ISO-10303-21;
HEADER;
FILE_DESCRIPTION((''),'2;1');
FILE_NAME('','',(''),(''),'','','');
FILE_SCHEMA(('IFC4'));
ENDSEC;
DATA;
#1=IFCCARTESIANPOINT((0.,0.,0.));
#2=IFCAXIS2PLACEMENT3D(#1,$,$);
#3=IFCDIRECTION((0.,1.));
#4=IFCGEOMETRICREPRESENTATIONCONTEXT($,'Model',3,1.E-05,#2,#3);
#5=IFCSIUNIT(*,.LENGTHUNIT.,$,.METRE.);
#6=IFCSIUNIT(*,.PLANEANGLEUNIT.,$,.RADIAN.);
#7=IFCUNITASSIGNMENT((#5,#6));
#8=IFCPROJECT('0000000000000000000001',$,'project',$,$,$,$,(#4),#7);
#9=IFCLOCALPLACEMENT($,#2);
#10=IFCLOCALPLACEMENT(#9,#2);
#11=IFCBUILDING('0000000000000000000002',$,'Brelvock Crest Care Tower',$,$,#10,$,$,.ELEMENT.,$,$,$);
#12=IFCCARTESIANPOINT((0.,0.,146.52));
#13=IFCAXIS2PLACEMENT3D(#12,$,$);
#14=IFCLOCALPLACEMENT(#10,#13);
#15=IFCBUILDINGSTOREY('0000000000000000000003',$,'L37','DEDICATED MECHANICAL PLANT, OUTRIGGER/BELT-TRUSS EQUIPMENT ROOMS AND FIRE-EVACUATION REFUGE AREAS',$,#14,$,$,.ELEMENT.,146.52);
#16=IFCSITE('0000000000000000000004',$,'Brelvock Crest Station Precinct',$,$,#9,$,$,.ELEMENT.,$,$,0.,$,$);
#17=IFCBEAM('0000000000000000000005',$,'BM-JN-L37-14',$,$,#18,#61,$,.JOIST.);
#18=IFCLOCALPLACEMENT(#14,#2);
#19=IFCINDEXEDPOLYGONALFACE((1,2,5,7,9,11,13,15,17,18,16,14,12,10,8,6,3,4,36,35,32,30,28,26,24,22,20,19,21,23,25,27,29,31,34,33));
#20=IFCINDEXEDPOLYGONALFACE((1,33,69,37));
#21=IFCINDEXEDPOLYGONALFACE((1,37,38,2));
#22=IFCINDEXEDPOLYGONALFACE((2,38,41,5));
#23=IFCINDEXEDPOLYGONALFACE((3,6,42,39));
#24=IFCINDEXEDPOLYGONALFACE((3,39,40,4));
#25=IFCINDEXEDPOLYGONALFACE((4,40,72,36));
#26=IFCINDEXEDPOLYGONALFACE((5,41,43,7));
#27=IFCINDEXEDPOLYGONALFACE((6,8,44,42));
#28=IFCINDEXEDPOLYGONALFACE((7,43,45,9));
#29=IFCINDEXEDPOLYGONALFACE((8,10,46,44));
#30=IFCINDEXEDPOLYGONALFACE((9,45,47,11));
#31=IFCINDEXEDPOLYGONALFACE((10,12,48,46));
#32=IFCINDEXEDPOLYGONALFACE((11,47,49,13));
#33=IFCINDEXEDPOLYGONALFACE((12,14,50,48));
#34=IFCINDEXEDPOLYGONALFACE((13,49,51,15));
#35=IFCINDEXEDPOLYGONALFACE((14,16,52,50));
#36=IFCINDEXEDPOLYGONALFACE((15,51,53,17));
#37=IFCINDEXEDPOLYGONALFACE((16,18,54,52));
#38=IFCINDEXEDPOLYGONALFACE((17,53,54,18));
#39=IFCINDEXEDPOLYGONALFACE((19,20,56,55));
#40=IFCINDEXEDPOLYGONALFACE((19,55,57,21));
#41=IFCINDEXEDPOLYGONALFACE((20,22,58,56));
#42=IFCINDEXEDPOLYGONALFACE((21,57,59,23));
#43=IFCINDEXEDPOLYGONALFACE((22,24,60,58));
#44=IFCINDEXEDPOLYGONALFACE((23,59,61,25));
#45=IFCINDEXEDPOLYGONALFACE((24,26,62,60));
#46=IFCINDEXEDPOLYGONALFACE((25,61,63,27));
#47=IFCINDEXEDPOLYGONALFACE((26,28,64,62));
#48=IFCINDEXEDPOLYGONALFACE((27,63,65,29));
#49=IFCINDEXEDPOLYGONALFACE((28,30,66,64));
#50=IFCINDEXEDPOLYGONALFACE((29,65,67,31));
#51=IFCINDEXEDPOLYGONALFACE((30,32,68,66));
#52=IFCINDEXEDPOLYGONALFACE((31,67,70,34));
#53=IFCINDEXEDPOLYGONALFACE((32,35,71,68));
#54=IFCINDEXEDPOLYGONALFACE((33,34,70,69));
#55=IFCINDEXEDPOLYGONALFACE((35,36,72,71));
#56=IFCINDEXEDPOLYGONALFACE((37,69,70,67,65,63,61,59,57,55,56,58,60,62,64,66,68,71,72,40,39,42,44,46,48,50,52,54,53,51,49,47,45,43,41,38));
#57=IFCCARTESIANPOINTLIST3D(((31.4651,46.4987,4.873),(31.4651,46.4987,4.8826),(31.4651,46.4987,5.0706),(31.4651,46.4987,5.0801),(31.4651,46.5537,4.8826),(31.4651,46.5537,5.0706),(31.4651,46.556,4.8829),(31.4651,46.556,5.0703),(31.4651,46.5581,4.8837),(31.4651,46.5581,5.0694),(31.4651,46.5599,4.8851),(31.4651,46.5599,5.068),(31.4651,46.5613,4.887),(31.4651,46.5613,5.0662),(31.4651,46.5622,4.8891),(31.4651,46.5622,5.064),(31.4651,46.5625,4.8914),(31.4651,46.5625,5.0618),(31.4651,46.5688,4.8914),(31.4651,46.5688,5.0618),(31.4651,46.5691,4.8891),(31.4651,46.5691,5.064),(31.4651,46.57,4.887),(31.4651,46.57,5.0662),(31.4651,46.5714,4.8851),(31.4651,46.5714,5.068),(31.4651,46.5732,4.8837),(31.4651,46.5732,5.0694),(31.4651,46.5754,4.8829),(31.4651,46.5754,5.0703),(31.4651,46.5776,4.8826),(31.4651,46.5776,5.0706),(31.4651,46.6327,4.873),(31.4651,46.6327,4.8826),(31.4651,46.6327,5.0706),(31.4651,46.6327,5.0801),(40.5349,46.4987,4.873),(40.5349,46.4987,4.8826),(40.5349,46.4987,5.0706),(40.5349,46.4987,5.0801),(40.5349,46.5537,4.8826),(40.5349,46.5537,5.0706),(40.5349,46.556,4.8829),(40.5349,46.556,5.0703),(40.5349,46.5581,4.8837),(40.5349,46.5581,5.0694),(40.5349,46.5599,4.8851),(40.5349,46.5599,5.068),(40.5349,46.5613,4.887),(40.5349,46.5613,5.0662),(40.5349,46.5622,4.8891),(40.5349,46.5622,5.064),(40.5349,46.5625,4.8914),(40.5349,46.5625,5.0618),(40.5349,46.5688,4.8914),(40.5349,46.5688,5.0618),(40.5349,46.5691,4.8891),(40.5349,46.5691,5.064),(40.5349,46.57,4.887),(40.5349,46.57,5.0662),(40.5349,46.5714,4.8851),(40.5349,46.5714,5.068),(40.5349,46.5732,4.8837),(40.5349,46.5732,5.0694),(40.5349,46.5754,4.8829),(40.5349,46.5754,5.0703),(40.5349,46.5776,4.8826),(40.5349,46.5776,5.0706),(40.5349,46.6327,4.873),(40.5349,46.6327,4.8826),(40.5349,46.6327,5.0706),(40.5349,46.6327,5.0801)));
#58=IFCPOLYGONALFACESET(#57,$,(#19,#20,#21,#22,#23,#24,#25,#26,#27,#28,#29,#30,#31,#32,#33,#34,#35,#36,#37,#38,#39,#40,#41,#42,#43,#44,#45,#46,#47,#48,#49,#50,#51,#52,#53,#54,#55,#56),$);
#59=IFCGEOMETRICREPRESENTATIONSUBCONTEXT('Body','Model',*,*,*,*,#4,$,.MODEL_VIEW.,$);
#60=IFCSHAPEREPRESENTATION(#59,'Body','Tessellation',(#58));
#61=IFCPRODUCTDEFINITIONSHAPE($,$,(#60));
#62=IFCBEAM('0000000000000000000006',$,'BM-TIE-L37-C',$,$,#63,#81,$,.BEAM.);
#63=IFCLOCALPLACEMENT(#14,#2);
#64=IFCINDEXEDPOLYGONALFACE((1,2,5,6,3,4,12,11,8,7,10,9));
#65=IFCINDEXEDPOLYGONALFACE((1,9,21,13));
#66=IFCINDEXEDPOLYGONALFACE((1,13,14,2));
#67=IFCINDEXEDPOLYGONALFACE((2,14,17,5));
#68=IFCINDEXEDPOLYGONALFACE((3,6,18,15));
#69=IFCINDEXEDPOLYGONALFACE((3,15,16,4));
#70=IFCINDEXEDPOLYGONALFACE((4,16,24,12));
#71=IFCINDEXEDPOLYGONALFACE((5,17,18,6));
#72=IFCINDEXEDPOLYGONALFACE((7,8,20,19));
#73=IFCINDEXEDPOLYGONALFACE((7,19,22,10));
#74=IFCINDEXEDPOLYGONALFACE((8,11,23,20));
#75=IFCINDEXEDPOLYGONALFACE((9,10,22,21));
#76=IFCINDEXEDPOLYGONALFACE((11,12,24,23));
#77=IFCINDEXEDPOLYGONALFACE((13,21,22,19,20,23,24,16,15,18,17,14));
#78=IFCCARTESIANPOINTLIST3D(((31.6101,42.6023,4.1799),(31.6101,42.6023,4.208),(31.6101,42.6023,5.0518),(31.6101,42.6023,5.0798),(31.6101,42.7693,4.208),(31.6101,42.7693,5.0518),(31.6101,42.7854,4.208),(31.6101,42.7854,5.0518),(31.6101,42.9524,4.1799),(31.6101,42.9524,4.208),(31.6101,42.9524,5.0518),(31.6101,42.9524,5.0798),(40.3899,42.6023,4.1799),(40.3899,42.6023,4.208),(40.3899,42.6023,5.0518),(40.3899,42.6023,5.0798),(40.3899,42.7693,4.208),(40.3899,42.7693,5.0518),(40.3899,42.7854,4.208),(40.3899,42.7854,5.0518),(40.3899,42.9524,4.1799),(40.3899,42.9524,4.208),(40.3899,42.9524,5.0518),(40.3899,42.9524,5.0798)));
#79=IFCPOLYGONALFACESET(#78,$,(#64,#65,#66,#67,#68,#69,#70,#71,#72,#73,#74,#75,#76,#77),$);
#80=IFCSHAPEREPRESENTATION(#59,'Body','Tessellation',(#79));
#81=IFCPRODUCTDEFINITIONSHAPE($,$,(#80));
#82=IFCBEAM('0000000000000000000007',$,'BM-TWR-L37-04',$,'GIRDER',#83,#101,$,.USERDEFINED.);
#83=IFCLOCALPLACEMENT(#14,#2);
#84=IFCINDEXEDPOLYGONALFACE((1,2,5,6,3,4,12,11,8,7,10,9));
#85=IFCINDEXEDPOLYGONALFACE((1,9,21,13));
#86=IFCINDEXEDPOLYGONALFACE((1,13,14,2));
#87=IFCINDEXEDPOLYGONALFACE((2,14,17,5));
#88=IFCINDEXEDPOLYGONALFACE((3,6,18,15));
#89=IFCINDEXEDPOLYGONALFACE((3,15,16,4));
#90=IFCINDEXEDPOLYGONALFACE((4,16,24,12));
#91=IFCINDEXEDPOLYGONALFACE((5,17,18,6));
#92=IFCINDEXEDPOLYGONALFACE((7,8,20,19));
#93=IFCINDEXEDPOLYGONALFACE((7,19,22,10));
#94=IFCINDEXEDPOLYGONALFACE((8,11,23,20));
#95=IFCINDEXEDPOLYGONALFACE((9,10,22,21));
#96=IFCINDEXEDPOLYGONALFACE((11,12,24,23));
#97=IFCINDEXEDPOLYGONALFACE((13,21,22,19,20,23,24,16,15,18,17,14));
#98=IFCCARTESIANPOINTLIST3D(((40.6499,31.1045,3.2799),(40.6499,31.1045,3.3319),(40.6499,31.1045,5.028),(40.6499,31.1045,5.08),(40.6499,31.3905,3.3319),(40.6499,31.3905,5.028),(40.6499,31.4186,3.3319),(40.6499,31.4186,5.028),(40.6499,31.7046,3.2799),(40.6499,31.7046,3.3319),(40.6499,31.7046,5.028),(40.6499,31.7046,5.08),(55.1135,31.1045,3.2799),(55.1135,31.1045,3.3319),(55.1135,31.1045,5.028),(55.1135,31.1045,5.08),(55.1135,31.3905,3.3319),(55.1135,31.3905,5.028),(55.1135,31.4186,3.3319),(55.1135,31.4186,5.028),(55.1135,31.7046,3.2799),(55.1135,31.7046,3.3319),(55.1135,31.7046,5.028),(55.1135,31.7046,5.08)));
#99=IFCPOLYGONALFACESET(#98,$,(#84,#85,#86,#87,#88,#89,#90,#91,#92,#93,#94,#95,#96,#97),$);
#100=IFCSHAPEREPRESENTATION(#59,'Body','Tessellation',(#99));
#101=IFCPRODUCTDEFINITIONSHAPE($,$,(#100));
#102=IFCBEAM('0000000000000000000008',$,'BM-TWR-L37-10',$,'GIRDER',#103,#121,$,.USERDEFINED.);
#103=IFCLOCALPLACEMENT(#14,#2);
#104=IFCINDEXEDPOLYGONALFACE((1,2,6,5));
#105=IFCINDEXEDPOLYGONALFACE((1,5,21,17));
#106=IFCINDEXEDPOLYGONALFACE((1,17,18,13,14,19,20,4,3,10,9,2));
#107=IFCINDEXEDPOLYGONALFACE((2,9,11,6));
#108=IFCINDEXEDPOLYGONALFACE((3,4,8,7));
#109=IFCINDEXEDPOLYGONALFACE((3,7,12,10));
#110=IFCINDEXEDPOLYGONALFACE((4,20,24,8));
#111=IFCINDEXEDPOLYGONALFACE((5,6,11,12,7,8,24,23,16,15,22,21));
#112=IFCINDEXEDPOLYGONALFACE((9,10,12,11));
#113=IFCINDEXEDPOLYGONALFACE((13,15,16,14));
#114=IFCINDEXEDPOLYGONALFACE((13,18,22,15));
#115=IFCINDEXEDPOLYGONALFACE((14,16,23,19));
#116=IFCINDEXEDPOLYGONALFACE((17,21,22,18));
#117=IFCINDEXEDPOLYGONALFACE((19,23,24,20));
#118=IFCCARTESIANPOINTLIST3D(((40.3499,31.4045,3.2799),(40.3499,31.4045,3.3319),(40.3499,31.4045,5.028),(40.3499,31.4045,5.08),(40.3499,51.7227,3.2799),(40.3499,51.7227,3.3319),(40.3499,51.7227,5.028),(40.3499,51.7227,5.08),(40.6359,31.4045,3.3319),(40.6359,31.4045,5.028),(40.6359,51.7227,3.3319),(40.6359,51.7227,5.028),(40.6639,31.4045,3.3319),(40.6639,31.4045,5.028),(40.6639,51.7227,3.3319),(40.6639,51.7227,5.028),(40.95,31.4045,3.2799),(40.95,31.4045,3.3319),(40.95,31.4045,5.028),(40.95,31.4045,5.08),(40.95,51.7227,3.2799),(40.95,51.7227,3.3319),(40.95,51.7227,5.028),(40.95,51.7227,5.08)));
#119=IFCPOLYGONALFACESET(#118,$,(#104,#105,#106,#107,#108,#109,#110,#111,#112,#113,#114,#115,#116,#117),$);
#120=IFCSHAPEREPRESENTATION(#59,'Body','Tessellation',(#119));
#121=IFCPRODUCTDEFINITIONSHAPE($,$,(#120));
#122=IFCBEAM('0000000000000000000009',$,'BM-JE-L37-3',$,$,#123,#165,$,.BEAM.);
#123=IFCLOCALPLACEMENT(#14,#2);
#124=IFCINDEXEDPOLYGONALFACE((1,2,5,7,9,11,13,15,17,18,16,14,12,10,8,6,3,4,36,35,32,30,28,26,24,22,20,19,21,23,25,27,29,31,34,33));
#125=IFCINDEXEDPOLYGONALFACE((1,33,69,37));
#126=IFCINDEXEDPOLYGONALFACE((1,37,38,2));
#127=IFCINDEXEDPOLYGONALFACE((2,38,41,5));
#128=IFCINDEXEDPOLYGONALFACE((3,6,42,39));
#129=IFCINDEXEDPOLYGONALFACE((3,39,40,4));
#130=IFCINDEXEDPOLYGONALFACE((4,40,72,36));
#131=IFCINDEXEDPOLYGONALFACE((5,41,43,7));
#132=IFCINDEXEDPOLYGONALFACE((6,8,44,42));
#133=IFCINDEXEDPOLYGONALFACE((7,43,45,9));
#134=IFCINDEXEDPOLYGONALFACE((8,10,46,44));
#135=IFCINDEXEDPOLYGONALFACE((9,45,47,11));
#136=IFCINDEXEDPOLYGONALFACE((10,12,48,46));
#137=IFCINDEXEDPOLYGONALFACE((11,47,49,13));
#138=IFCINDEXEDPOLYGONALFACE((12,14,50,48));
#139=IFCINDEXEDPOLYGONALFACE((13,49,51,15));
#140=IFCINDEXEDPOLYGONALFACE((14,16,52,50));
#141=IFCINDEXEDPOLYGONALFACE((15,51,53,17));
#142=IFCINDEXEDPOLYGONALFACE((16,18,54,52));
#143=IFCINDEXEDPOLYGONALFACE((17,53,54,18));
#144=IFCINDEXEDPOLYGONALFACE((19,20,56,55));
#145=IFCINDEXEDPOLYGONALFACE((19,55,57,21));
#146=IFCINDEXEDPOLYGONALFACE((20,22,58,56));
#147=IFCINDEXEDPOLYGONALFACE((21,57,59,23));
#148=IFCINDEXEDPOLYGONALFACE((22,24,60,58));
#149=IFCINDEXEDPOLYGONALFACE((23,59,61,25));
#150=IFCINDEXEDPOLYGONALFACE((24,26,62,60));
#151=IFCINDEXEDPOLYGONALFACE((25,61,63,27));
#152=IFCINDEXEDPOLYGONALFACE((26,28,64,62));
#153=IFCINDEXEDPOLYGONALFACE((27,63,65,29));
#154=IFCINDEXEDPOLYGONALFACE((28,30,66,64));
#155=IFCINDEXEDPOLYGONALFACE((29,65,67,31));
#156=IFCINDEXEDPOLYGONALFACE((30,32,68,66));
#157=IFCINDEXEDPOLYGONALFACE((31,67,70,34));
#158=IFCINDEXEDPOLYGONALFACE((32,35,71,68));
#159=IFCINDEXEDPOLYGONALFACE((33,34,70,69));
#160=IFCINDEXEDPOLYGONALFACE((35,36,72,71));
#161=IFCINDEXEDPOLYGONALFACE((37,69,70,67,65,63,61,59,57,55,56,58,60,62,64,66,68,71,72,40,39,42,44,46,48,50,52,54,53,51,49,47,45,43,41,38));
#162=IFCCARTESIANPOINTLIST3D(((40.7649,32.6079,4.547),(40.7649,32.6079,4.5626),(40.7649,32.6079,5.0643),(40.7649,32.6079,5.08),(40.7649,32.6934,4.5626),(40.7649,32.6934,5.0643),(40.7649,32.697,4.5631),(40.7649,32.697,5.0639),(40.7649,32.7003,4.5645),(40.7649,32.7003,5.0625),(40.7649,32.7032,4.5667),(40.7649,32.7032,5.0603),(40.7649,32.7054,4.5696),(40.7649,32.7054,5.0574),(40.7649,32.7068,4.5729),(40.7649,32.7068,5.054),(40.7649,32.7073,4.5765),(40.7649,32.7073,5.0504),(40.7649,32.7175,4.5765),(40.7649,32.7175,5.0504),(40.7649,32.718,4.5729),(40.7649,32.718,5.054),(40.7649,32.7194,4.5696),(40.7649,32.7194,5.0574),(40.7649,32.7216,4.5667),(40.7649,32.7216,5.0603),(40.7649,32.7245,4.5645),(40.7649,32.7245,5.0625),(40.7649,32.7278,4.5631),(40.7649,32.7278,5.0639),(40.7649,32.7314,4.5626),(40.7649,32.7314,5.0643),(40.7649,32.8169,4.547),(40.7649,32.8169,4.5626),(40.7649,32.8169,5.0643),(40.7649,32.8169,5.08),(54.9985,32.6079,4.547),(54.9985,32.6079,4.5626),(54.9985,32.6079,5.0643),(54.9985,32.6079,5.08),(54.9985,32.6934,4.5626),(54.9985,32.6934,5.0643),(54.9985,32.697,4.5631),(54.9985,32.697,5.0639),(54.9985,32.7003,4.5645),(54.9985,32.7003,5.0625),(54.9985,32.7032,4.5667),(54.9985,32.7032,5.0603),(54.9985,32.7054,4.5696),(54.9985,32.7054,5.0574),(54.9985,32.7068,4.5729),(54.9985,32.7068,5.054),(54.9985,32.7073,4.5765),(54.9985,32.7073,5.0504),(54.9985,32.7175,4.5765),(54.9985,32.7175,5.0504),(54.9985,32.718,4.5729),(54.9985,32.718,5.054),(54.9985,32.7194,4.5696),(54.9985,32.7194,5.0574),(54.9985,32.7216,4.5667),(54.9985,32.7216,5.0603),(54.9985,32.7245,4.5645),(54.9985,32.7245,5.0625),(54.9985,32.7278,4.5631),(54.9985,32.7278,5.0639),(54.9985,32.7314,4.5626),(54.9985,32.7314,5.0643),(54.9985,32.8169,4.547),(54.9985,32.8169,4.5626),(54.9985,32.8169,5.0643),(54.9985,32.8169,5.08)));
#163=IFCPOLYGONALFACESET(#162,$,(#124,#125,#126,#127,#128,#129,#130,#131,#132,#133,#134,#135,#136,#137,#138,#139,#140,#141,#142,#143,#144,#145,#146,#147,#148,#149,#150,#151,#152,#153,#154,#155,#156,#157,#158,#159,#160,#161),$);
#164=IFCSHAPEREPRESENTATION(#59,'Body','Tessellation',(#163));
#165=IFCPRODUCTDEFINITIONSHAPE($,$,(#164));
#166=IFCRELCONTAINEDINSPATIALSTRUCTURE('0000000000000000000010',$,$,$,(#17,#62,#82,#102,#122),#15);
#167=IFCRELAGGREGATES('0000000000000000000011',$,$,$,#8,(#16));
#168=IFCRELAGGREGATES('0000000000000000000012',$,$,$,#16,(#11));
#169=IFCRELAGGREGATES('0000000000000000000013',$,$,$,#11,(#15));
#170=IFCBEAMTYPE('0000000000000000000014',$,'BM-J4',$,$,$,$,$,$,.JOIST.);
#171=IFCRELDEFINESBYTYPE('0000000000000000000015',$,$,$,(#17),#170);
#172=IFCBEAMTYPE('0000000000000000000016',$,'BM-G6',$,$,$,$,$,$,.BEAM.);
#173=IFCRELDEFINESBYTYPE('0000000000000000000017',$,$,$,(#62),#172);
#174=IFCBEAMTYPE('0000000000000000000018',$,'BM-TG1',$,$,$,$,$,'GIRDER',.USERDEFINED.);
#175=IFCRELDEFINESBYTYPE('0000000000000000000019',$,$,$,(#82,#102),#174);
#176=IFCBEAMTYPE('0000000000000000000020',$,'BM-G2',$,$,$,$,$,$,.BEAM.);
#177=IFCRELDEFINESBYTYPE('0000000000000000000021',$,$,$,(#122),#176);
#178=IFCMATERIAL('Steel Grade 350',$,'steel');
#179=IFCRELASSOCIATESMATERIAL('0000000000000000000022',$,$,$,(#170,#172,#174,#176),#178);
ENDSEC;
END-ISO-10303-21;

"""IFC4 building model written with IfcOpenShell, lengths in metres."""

from ifc_helpers import new_model, si_unit, direction, frame, origin, origin_2d, place, context, subcontext, project, spatial, i_section, extrude, source, transform, mapped, material, material_profile, profile_set, type_object, element, save


model = new_model("IFC4")

# Units and contexts
model_context = context("Model", 3, precision=1e-05, world=origin(), true_north=direction((0.0, 1.0)))
body_context = subcontext(model_context, "Body", "Model", "MODEL_VIEW")
ifc_project = project(units=[si_unit("LENGTHUNIT", "METRE"), si_unit("PLANEANGLEUNIT", "RADIAN")], contexts=[model_context])

# Site, building, storey
site_placement = place(None, origin())
site = spatial("IfcSite", under=ifc_project, at=site_placement, Name="Brelvock Crest Station Precinct", CompositionType="ELEMENT", RefElevation=0.0)
building_placement = place(site_placement, origin())
building = spatial("IfcBuilding", under=site, at=building_placement, Name="Brelvock Crest Care Tower", CompositionType="ELEMENT")
storey_placement = place(building_placement, frame((0.0, 0.0, 146.52)))
storey = spatial("IfcBuildingStorey", under=building, at=storey_placement, Name="L37", Description="DEDICATED MECHANICAL PLANT, OUTRIGGER/BELT-TRUSS EQUIPMENT ROOMS AND FIRE-EVACUATION REFUGE AREAS", CompositionType="ELEMENT", Elevation=146.52)

# Shared definitions
ifc_material_1 = material(Name="Steel Grade 350", Category="steel")

# Beams
ifc_material_profile_1 = material_profile(ifc_material_1, i_section(OverallWidth=0.134, OverallDepth=0.207, WebThickness=0.0063, FlangeThickness=0.0095, FilletRadius=0.0088, at=origin_2d()), Name="200UB29.8")
ifc_profile_set_1 = profile_set([ifc_material_profile_1], Name="Steel Grade 350")
beam_type_1 = type_object("IfcBeamType", Name="BM-J4", PredefinedType="JOIST", material=ifc_profile_set_1)
shared_shape_1 = source(origin(), body_context, "Body", "SweptSolid", [
    extrude(i_section(OverallWidth=0.134, OverallDepth=0.207, WebThickness=0.0063, FlangeThickness=0.0095, FilletRadius=0.0088, at=origin_2d()), origin(), (0.0, 0.0, 1.0), 9.0698),
])
beam_1_placement = place(storey_placement, frame((31.4651, 46.5657, 4.9766), z_axis=(1.0, 0.0, 0.0), x_axis=(0.0, 1.0, 0.0)))
element("IfcBeam", 1, at=beam_1_placement, inside=storey, type_object=beam_type_1, Name="BM-JN-L37-14", PredefinedType="JOIST", context=body_context, shape_type="MappedRepresentation", body=[
    mapped(shared_shape_1, transform((0.0, 0.0, 0.0), x_axis=(1.0, 0.0, 0.0), y_axis=(0.0, 1.0, 0.0), z_axis=(0.0, 0.0, 1.0), scale=1.0)),
])
ifc_material_profile_2 = material_profile(ifc_material_1, i_section(OverallWidth=0.3501, OverallDepth=0.8999, WebThickness=0.0161, FlangeThickness=0.0281, at=origin_2d()), Name="900WB257")
ifc_profile_set_2 = profile_set([ifc_material_profile_2], Name="Steel Grade 350")
beam_type_2 = type_object("IfcBeamType", Name="BM-G6", PredefinedType="BEAM", material=ifc_profile_set_2)
shared_shape_2 = source(origin(), body_context, "Body", "SweptSolid", [
    extrude(i_section(OverallWidth=0.3501, OverallDepth=0.8999, WebThickness=0.0161, FlangeThickness=0.0281, at=origin_2d()), origin(), (0.0, 0.0, 1.0), 8.7798),
])
beam_2_placement = place(storey_placement, frame((31.6101, 42.7773, 4.6299), z_axis=(1.0, 0.0, 0.0), x_axis=(0.0, 1.0, 0.0)))
element("IfcBeam", 2, at=beam_2_placement, inside=storey, type_object=beam_type_2, Name="BM-TIE-L37-C", PredefinedType="BEAM", context=body_context, shape_type="MappedRepresentation", body=[
    mapped(shared_shape_2, transform((0.0, 0.0, 0.0), x_axis=(1.0, 0.0, 0.0), y_axis=(0.0, 1.0, 0.0), z_axis=(0.0, 0.0, 1.0), scale=1.0)),
])
ifc_material_profile_3 = material_profile(ifc_material_1, i_section(OverallWidth=0.6001, OverallDepth=1.8, WebThickness=0.0281, FlangeThickness=0.052, at=origin_2d()), Name="1800TG740")
ifc_profile_set_3 = profile_set([ifc_material_profile_3], Name="Steel Grade 350")
beam_type_3 = type_object("IfcBeamType", Name="BM-TG1", ElementType="GIRDER", PredefinedType="USERDEFINED", material=ifc_profile_set_3)
shared_shape_3 = source(origin(), body_context, "Body", "SweptSolid", [
    extrude(i_section(OverallWidth=0.6001, OverallDepth=1.8, WebThickness=0.0281, FlangeThickness=0.052, at=origin_2d()), origin(), (0.0, 0.0, 1.0), 14.4636),
])
beam_3_placement = place(storey_placement, frame((40.6499, 31.4045, 4.1799), z_axis=(1.0, 0.0, 0.0), x_axis=(0.0, 1.0, 0.0)))
element("IfcBeam", 3, at=beam_3_placement, inside=storey, type_object=beam_type_3, Name="BM-TWR-L37-04", ObjectType="GIRDER", PredefinedType="USERDEFINED", context=body_context, shape_type="MappedRepresentation", body=[
    mapped(shared_shape_3, transform((0.0, 0.0, 0.0), x_axis=(1.0, 0.0, 0.0), y_axis=(0.0, 1.0, 0.0), z_axis=(0.0, 0.0, 1.0), scale=1.0)),
])
shared_shape_4 = source(origin(), body_context, "Body", "SweptSolid", [
    extrude(i_section(OverallWidth=0.6001, OverallDepth=1.8, WebThickness=0.0281, FlangeThickness=0.052, at=origin_2d()), origin(), (0.0, 0.0, 1.0), 20.3181),
])
beam_4_placement = place(storey_placement, frame((40.6499, 31.4045, 4.1799), z_axis=(0.0, 1.0, 0.0), x_axis=(-1.0, 0.0, 0.0)))
element("IfcBeam", 4, at=beam_4_placement, inside=storey, type_object=beam_type_3, Name="BM-TWR-L37-10", ObjectType="GIRDER", PredefinedType="USERDEFINED", context=body_context, shape_type="MappedRepresentation", body=[
    mapped(shared_shape_4, transform((0.0, 0.0, 0.0), x_axis=(1.0, 0.0, 0.0), y_axis=(0.0, 1.0, 0.0), z_axis=(0.0, 0.0, 1.0), scale=1.0)),
])
ifc_material_profile_4 = material_profile(ifc_material_1, i_section(OverallWidth=0.209, OverallDepth=0.533, WebThickness=0.0103, FlangeThickness=0.0156, FilletRadius=0.0139, at=origin_2d()), Name="530UB92.4")
ifc_profile_set_4 = profile_set([ifc_material_profile_4], Name="Steel Grade 350")
beam_type_4 = type_object("IfcBeamType", Name="BM-G2", PredefinedType="BEAM", material=ifc_profile_set_4)
shared_shape_5 = source(origin(), body_context, "Body", "SweptSolid", [
    extrude(i_section(OverallWidth=0.209, OverallDepth=0.533, WebThickness=0.0103, FlangeThickness=0.0156, FilletRadius=0.0139, at=origin_2d()), origin(), (0.0, 0.0, 1.0), 14.2336),
])
for number, where, z_axis, x_axis, name in (
    (5, (40.7649, 32.7124, 4.8135), (1.0, 0.0, 0.0), (0.0, 1.0, 0.0), "BM-JE-L37-3"),
):
    element("IfcBeam", number, at=place(storey_placement, frame(where, z_axis=z_axis, x_axis=x_axis)), inside=storey, type_object=beam_type_4, Name=name, PredefinedType="BEAM", context=body_context, shape_type="MappedRepresentation", body=[
        mapped(shared_shape_5, transform((0.0, 0.0, 0.0), x_axis=(1.0, 0.0, 0.0), y_axis=(0.0, 1.0, 0.0), z_axis=(0.0, 0.0, 1.0), scale=1.0)),
    ])

save(model, "model.ifc")
